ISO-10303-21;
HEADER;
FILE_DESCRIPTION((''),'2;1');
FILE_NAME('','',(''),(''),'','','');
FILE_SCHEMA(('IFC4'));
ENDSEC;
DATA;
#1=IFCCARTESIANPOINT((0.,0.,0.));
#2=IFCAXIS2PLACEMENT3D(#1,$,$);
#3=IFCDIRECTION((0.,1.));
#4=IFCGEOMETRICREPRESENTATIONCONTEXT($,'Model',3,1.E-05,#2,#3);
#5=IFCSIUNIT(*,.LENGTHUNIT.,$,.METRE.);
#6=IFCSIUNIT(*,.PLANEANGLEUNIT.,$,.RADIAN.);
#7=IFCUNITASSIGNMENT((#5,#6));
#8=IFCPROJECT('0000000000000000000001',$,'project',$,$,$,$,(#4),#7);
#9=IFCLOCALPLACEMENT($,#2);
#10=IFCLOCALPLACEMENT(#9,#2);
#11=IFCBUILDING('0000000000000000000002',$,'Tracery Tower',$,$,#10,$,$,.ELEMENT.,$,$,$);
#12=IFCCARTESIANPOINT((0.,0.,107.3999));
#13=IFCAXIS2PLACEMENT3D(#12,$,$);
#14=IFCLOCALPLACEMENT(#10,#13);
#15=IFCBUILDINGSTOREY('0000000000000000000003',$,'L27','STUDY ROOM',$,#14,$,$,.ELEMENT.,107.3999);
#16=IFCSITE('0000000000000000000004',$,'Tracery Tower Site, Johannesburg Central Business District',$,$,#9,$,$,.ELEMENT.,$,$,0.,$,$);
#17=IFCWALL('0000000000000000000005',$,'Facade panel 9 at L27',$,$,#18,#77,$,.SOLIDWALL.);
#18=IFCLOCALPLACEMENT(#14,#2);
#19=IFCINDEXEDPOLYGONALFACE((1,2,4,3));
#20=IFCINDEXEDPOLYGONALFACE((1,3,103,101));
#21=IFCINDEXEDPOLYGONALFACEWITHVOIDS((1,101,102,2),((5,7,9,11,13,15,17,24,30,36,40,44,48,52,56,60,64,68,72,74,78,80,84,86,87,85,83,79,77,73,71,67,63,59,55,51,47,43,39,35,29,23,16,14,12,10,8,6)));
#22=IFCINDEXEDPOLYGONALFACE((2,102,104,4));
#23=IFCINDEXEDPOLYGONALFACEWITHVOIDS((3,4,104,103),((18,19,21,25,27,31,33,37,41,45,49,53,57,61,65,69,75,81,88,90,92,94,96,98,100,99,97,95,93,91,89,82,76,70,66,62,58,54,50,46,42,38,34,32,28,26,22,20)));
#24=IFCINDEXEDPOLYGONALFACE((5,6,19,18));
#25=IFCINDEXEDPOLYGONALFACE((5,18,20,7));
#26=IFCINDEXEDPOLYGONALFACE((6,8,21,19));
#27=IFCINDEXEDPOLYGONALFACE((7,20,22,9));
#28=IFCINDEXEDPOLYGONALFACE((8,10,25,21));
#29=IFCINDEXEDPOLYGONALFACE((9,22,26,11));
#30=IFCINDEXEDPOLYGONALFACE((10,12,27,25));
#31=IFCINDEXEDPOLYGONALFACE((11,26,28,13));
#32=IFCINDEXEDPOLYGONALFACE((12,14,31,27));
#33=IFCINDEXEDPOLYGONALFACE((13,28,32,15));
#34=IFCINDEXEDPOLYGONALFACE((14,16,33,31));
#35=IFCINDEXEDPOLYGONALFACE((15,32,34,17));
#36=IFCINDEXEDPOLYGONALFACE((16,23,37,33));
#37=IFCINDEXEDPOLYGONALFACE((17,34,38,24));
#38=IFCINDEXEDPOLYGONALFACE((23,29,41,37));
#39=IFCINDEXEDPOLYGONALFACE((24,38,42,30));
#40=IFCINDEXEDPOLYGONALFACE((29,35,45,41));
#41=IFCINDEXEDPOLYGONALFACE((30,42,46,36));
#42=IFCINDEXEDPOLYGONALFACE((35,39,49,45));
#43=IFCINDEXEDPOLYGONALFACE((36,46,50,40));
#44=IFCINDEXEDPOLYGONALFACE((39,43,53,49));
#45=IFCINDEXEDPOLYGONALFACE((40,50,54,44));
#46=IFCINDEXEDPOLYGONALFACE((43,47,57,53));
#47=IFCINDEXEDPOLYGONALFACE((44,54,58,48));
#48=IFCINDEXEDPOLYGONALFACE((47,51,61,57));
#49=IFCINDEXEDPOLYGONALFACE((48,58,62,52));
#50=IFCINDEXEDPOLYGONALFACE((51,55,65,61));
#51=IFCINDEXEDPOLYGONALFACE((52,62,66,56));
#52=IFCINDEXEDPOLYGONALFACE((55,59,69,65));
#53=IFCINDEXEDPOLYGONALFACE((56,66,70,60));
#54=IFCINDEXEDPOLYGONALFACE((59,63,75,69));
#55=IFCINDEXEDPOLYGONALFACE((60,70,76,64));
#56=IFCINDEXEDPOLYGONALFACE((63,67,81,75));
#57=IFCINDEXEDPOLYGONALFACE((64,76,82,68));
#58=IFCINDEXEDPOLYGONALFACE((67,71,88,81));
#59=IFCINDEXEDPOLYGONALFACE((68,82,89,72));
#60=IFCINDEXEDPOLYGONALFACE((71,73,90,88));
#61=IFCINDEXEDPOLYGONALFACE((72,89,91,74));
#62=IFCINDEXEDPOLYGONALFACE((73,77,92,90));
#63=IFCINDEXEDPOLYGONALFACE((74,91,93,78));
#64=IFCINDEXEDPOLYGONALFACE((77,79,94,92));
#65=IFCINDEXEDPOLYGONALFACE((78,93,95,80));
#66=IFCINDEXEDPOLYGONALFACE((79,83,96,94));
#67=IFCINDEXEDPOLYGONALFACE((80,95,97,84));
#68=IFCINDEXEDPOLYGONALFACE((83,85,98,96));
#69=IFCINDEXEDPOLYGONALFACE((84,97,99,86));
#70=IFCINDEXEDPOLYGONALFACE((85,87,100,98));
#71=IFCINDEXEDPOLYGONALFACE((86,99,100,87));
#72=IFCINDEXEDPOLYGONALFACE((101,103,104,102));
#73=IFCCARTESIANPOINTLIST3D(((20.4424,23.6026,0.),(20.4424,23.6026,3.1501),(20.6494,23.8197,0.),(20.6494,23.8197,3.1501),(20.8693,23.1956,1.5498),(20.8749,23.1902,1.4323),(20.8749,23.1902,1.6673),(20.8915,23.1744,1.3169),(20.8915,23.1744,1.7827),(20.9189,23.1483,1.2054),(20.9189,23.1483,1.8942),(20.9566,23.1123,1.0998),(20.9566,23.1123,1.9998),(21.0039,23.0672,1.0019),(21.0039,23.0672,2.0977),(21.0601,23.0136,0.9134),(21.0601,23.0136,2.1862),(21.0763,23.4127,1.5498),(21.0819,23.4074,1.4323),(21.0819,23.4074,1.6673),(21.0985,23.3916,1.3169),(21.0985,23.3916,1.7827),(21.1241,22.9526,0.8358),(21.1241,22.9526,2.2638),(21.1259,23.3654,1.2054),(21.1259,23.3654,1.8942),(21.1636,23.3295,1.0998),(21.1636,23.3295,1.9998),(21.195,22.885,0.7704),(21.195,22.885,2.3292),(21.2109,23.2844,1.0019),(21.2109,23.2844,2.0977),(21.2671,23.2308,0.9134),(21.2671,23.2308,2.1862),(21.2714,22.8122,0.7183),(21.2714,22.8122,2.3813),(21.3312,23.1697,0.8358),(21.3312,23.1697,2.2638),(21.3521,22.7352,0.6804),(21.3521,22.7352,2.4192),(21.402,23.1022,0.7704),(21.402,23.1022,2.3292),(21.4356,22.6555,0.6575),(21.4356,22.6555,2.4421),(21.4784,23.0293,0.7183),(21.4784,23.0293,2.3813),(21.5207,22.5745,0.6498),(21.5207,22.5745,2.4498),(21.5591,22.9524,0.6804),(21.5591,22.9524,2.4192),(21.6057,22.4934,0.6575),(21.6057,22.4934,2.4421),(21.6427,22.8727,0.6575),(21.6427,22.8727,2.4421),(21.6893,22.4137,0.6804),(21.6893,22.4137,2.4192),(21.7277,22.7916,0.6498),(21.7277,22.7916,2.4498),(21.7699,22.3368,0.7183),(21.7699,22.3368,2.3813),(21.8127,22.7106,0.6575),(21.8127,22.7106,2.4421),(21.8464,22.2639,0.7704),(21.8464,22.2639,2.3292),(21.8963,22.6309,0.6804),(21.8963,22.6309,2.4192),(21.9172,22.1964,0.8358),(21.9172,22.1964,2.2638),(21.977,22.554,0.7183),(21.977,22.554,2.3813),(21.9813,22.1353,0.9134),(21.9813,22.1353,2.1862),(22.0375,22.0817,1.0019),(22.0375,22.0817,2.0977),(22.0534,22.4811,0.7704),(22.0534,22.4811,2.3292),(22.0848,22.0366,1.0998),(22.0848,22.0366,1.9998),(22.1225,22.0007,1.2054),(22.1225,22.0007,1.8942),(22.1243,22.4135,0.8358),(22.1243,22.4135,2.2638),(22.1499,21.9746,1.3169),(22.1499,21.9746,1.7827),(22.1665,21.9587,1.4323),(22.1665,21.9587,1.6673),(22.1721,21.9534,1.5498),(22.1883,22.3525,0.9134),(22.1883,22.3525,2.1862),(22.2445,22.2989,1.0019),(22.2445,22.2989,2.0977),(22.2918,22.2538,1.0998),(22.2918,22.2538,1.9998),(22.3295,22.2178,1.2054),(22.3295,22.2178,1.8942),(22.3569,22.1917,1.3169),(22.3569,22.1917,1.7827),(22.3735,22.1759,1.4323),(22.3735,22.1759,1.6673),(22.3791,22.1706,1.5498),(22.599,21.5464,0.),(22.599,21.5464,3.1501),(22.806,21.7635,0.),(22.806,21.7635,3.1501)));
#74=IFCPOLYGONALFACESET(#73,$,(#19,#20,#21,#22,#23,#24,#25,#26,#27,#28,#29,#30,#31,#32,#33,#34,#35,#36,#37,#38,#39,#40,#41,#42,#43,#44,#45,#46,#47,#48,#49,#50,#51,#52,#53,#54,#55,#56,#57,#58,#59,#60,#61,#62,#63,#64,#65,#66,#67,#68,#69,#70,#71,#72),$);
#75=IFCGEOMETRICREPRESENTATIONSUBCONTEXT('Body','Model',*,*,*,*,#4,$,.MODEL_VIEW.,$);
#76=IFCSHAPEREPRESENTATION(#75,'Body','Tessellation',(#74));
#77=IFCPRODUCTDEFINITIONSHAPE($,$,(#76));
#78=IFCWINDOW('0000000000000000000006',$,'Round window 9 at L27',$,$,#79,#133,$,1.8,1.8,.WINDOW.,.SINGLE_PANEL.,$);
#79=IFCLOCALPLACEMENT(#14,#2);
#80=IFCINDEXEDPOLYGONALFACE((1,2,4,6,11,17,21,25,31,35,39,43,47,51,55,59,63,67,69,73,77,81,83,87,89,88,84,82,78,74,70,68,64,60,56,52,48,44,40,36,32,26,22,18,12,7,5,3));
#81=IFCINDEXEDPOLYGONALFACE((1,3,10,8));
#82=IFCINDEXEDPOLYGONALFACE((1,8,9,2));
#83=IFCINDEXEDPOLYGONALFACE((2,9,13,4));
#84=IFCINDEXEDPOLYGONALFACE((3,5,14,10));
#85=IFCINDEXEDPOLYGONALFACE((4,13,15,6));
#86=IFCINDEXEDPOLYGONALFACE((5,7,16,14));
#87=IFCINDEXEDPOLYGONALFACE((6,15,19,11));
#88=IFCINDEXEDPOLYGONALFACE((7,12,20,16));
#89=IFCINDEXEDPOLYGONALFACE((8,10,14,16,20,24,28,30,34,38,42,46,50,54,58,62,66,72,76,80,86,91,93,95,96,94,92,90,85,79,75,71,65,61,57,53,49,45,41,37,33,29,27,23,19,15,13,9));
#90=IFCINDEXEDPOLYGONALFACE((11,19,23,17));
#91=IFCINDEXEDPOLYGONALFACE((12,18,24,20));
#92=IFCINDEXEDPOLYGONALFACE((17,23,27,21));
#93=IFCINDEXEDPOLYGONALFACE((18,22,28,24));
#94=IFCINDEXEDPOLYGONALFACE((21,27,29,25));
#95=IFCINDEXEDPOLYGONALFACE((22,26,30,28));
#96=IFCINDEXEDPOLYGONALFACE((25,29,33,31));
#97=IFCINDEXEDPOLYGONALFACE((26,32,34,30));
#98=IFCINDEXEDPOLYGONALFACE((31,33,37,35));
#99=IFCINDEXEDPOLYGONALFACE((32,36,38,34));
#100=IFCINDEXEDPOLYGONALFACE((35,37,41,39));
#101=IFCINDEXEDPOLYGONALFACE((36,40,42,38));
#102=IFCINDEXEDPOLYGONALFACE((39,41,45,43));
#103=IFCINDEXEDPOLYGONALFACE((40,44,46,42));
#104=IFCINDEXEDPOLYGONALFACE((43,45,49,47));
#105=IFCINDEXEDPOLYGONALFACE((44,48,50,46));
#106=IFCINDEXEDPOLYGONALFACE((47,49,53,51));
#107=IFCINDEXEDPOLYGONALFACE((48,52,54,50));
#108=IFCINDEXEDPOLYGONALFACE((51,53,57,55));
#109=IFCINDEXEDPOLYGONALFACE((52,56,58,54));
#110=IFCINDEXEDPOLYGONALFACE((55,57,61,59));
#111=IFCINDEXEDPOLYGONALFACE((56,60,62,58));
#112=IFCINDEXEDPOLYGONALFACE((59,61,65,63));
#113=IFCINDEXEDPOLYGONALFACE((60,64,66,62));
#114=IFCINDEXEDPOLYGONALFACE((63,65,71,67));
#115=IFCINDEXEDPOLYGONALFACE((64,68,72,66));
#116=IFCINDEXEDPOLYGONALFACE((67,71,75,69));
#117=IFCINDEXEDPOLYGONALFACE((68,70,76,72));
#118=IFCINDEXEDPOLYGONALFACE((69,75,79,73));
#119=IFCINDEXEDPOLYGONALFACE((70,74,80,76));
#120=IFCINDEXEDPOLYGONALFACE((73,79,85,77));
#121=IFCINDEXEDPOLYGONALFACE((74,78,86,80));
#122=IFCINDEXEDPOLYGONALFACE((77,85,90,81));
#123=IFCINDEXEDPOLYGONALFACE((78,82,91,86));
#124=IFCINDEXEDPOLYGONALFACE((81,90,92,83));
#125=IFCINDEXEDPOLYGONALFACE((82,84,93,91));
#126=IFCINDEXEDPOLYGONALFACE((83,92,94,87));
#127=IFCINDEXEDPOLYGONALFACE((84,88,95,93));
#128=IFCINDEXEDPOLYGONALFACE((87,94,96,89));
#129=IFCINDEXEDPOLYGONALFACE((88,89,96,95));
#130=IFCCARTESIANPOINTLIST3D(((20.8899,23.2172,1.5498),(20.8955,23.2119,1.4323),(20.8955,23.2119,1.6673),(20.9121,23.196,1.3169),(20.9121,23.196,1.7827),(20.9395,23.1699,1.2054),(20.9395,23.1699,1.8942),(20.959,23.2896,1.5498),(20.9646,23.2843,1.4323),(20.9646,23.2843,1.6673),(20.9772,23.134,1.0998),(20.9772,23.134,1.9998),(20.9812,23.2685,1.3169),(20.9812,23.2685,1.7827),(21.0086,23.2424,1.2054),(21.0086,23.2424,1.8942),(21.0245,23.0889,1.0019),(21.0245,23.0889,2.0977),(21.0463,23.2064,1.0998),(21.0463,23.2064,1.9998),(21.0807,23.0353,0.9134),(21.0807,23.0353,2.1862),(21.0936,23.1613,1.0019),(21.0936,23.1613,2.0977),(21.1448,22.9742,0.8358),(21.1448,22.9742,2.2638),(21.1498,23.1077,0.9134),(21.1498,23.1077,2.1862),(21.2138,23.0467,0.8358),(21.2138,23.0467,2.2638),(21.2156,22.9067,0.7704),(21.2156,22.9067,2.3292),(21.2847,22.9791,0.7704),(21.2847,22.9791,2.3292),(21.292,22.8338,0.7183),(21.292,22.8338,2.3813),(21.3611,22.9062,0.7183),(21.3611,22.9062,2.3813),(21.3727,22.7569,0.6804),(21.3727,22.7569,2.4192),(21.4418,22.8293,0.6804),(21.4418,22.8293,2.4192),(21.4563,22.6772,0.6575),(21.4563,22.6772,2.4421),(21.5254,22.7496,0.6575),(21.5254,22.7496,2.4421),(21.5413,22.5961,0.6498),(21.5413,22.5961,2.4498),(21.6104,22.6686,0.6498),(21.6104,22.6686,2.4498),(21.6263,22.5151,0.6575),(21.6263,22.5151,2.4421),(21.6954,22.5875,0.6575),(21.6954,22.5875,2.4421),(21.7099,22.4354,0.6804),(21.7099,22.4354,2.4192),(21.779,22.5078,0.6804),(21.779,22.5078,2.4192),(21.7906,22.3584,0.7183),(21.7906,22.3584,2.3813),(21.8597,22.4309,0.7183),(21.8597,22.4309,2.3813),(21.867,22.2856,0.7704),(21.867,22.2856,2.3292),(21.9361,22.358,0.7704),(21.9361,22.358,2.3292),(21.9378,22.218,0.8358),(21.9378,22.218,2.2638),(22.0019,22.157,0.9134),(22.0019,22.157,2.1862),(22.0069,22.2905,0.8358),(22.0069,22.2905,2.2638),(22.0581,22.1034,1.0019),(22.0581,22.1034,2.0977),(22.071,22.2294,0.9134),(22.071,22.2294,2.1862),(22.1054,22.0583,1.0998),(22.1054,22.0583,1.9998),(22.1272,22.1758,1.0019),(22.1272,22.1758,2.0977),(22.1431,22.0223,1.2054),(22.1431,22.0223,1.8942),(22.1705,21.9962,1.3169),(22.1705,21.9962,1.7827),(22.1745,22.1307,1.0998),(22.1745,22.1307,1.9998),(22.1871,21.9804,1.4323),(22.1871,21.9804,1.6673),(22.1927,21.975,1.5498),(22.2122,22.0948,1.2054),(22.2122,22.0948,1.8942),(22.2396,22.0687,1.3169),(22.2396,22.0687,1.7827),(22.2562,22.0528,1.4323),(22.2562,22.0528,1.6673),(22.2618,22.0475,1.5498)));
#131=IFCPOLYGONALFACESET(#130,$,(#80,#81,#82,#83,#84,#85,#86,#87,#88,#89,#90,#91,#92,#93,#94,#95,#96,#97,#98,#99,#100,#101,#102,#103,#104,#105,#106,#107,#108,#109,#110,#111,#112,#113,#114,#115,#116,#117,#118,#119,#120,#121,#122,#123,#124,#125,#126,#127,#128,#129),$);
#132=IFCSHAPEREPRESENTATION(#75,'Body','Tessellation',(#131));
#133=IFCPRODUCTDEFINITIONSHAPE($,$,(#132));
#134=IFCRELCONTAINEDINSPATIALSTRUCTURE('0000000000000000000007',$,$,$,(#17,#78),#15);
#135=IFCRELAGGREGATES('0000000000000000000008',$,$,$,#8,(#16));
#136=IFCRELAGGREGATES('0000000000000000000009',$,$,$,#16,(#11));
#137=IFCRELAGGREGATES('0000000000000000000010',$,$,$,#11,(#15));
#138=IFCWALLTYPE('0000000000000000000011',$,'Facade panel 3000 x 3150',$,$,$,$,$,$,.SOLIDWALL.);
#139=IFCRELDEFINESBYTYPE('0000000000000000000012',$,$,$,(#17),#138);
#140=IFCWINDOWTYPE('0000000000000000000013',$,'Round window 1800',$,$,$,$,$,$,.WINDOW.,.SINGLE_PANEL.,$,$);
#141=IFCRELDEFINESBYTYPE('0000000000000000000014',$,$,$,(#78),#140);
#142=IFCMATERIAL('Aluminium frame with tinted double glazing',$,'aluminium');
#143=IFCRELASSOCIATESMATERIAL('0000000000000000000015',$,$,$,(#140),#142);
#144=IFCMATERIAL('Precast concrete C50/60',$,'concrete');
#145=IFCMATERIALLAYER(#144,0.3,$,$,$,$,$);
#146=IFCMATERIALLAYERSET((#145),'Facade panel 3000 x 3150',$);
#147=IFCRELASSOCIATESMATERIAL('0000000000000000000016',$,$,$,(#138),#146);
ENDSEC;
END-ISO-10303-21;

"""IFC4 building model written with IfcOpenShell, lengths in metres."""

from ifc_helpers import new_model, si_unit, direction, frame, frame_2d, origin, origin_2d, place, context, subcontext, project, spatial, rectangle, circle, extrude, material, layer, layer_set, type_object, element, fill, save


model = new_model("IFC4")

# Units and contexts
model_context = context("Model", 3, precision=1e-05, world=origin(), true_north=direction((0.0, 1.0)))
body_context = subcontext(model_context, "Body", "Model", "MODEL_VIEW")
ifc_project = project(units=[si_unit("LENGTHUNIT", "METRE"), si_unit("PLANEANGLEUNIT", "RADIAN")], contexts=[model_context])

# Site, building, storey
site_placement = place(None, origin())
site = spatial("IfcSite", under=ifc_project, at=site_placement, Name="Tracery Tower Site, Johannesburg Central Business District", CompositionType="ELEMENT", RefElevation=0.0)
building_placement = place(site_placement, origin())
building = spatial("IfcBuilding", under=site, at=building_placement, Name="Tracery Tower", CompositionType="ELEMENT")
storey_placement = place(building_placement, frame((0.0, 0.0, 107.3999)))
storey = spatial("IfcBuildingStorey", under=building, at=storey_placement, Name="L27", Description="STUDY ROOM", CompositionType="ELEMENT", Elevation=107.3999)

# Wall, opening, window
ifc_material_1 = material(Name="Aluminium frame with tinted double glazing", Category="aluminium")
window_type = type_object("IfcWindowType", Name="Round window 1800", PartitioningType="SINGLE_PANEL", PredefinedType="WINDOW", material=ifc_material_1)
ifc_material_2 = material(Name="Precast concrete C50/60", Category="concrete")
ifc_layer_1 = layer(ifc_material_2, 0.3)
ifc_layer_set_1 = layer_set([ifc_layer_1], Name="Facade panel 3000 x 3150")
wall_type_1 = type_object("IfcWallType", Name="Facade panel 3000 x 3150", PredefinedType="SOLIDWALL", material=ifc_layer_set_1)
wall_1_placement = place(storey_placement, frame((22.7024, 21.655, 0.0), z_axis=(0.0, 0.0, 1.0), x_axis=(-0.723744, 0.690068, 0.0)))
wall_1 = element("IfcWall", 1, at=wall_1_placement, inside=storey, type_object=wall_type_1, Name="Facade panel 9 at L27", PredefinedType="SOLIDWALL", context=body_context, shape_type="SweptSolid", body=[
    extrude(rectangle(XDim=2.9797, YDim=0.3, at=frame_2d((1.4897, 0.0))), origin(), (0.0, 0.0, 1.0), 3.1501),
])
opening_1_placement = place(wall_1_placement, frame((1.4897, 0.0, 1.5498)))
opening_1 = element("IfcOpeningElement", 2, at=opening_1_placement, cuts=wall_1, PredefinedType="OPENING", context=body_context, shape_type="SweptSolid", body=[
    extrude(circle(Radius=0.9, at=origin_2d()), frame((0.0, 0.1599, 0.0), z_axis=(0.0, -1.0, 0.0), x_axis=(1.0, 0.0, 0.0)), (0.0, 0.0, 1.0), 0.3201),
])
window_1_placement = place(opening_1_placement, origin())
window_1 = element("IfcWindow", 3, at=window_1_placement, inside=storey, type_object=window_type, Name="Round window 9 at L27", OverallHeight=1.8, OverallWidth=1.8, PartitioningType="SINGLE_PANEL", PredefinedType="WINDOW", context=body_context, shape_type="SweptSolid", body=[
    extrude(circle(Radius=0.9, at=origin_2d()), frame((0.0, 0.1201, 0.0), z_axis=(0.0, -1.0, 0.0), x_axis=(1.0, 0.0, 0.0)), (0.0, 0.0, 1.0), 0.1001),
])
fill(opening_1, window_1)

save(model, "model.ifc")
